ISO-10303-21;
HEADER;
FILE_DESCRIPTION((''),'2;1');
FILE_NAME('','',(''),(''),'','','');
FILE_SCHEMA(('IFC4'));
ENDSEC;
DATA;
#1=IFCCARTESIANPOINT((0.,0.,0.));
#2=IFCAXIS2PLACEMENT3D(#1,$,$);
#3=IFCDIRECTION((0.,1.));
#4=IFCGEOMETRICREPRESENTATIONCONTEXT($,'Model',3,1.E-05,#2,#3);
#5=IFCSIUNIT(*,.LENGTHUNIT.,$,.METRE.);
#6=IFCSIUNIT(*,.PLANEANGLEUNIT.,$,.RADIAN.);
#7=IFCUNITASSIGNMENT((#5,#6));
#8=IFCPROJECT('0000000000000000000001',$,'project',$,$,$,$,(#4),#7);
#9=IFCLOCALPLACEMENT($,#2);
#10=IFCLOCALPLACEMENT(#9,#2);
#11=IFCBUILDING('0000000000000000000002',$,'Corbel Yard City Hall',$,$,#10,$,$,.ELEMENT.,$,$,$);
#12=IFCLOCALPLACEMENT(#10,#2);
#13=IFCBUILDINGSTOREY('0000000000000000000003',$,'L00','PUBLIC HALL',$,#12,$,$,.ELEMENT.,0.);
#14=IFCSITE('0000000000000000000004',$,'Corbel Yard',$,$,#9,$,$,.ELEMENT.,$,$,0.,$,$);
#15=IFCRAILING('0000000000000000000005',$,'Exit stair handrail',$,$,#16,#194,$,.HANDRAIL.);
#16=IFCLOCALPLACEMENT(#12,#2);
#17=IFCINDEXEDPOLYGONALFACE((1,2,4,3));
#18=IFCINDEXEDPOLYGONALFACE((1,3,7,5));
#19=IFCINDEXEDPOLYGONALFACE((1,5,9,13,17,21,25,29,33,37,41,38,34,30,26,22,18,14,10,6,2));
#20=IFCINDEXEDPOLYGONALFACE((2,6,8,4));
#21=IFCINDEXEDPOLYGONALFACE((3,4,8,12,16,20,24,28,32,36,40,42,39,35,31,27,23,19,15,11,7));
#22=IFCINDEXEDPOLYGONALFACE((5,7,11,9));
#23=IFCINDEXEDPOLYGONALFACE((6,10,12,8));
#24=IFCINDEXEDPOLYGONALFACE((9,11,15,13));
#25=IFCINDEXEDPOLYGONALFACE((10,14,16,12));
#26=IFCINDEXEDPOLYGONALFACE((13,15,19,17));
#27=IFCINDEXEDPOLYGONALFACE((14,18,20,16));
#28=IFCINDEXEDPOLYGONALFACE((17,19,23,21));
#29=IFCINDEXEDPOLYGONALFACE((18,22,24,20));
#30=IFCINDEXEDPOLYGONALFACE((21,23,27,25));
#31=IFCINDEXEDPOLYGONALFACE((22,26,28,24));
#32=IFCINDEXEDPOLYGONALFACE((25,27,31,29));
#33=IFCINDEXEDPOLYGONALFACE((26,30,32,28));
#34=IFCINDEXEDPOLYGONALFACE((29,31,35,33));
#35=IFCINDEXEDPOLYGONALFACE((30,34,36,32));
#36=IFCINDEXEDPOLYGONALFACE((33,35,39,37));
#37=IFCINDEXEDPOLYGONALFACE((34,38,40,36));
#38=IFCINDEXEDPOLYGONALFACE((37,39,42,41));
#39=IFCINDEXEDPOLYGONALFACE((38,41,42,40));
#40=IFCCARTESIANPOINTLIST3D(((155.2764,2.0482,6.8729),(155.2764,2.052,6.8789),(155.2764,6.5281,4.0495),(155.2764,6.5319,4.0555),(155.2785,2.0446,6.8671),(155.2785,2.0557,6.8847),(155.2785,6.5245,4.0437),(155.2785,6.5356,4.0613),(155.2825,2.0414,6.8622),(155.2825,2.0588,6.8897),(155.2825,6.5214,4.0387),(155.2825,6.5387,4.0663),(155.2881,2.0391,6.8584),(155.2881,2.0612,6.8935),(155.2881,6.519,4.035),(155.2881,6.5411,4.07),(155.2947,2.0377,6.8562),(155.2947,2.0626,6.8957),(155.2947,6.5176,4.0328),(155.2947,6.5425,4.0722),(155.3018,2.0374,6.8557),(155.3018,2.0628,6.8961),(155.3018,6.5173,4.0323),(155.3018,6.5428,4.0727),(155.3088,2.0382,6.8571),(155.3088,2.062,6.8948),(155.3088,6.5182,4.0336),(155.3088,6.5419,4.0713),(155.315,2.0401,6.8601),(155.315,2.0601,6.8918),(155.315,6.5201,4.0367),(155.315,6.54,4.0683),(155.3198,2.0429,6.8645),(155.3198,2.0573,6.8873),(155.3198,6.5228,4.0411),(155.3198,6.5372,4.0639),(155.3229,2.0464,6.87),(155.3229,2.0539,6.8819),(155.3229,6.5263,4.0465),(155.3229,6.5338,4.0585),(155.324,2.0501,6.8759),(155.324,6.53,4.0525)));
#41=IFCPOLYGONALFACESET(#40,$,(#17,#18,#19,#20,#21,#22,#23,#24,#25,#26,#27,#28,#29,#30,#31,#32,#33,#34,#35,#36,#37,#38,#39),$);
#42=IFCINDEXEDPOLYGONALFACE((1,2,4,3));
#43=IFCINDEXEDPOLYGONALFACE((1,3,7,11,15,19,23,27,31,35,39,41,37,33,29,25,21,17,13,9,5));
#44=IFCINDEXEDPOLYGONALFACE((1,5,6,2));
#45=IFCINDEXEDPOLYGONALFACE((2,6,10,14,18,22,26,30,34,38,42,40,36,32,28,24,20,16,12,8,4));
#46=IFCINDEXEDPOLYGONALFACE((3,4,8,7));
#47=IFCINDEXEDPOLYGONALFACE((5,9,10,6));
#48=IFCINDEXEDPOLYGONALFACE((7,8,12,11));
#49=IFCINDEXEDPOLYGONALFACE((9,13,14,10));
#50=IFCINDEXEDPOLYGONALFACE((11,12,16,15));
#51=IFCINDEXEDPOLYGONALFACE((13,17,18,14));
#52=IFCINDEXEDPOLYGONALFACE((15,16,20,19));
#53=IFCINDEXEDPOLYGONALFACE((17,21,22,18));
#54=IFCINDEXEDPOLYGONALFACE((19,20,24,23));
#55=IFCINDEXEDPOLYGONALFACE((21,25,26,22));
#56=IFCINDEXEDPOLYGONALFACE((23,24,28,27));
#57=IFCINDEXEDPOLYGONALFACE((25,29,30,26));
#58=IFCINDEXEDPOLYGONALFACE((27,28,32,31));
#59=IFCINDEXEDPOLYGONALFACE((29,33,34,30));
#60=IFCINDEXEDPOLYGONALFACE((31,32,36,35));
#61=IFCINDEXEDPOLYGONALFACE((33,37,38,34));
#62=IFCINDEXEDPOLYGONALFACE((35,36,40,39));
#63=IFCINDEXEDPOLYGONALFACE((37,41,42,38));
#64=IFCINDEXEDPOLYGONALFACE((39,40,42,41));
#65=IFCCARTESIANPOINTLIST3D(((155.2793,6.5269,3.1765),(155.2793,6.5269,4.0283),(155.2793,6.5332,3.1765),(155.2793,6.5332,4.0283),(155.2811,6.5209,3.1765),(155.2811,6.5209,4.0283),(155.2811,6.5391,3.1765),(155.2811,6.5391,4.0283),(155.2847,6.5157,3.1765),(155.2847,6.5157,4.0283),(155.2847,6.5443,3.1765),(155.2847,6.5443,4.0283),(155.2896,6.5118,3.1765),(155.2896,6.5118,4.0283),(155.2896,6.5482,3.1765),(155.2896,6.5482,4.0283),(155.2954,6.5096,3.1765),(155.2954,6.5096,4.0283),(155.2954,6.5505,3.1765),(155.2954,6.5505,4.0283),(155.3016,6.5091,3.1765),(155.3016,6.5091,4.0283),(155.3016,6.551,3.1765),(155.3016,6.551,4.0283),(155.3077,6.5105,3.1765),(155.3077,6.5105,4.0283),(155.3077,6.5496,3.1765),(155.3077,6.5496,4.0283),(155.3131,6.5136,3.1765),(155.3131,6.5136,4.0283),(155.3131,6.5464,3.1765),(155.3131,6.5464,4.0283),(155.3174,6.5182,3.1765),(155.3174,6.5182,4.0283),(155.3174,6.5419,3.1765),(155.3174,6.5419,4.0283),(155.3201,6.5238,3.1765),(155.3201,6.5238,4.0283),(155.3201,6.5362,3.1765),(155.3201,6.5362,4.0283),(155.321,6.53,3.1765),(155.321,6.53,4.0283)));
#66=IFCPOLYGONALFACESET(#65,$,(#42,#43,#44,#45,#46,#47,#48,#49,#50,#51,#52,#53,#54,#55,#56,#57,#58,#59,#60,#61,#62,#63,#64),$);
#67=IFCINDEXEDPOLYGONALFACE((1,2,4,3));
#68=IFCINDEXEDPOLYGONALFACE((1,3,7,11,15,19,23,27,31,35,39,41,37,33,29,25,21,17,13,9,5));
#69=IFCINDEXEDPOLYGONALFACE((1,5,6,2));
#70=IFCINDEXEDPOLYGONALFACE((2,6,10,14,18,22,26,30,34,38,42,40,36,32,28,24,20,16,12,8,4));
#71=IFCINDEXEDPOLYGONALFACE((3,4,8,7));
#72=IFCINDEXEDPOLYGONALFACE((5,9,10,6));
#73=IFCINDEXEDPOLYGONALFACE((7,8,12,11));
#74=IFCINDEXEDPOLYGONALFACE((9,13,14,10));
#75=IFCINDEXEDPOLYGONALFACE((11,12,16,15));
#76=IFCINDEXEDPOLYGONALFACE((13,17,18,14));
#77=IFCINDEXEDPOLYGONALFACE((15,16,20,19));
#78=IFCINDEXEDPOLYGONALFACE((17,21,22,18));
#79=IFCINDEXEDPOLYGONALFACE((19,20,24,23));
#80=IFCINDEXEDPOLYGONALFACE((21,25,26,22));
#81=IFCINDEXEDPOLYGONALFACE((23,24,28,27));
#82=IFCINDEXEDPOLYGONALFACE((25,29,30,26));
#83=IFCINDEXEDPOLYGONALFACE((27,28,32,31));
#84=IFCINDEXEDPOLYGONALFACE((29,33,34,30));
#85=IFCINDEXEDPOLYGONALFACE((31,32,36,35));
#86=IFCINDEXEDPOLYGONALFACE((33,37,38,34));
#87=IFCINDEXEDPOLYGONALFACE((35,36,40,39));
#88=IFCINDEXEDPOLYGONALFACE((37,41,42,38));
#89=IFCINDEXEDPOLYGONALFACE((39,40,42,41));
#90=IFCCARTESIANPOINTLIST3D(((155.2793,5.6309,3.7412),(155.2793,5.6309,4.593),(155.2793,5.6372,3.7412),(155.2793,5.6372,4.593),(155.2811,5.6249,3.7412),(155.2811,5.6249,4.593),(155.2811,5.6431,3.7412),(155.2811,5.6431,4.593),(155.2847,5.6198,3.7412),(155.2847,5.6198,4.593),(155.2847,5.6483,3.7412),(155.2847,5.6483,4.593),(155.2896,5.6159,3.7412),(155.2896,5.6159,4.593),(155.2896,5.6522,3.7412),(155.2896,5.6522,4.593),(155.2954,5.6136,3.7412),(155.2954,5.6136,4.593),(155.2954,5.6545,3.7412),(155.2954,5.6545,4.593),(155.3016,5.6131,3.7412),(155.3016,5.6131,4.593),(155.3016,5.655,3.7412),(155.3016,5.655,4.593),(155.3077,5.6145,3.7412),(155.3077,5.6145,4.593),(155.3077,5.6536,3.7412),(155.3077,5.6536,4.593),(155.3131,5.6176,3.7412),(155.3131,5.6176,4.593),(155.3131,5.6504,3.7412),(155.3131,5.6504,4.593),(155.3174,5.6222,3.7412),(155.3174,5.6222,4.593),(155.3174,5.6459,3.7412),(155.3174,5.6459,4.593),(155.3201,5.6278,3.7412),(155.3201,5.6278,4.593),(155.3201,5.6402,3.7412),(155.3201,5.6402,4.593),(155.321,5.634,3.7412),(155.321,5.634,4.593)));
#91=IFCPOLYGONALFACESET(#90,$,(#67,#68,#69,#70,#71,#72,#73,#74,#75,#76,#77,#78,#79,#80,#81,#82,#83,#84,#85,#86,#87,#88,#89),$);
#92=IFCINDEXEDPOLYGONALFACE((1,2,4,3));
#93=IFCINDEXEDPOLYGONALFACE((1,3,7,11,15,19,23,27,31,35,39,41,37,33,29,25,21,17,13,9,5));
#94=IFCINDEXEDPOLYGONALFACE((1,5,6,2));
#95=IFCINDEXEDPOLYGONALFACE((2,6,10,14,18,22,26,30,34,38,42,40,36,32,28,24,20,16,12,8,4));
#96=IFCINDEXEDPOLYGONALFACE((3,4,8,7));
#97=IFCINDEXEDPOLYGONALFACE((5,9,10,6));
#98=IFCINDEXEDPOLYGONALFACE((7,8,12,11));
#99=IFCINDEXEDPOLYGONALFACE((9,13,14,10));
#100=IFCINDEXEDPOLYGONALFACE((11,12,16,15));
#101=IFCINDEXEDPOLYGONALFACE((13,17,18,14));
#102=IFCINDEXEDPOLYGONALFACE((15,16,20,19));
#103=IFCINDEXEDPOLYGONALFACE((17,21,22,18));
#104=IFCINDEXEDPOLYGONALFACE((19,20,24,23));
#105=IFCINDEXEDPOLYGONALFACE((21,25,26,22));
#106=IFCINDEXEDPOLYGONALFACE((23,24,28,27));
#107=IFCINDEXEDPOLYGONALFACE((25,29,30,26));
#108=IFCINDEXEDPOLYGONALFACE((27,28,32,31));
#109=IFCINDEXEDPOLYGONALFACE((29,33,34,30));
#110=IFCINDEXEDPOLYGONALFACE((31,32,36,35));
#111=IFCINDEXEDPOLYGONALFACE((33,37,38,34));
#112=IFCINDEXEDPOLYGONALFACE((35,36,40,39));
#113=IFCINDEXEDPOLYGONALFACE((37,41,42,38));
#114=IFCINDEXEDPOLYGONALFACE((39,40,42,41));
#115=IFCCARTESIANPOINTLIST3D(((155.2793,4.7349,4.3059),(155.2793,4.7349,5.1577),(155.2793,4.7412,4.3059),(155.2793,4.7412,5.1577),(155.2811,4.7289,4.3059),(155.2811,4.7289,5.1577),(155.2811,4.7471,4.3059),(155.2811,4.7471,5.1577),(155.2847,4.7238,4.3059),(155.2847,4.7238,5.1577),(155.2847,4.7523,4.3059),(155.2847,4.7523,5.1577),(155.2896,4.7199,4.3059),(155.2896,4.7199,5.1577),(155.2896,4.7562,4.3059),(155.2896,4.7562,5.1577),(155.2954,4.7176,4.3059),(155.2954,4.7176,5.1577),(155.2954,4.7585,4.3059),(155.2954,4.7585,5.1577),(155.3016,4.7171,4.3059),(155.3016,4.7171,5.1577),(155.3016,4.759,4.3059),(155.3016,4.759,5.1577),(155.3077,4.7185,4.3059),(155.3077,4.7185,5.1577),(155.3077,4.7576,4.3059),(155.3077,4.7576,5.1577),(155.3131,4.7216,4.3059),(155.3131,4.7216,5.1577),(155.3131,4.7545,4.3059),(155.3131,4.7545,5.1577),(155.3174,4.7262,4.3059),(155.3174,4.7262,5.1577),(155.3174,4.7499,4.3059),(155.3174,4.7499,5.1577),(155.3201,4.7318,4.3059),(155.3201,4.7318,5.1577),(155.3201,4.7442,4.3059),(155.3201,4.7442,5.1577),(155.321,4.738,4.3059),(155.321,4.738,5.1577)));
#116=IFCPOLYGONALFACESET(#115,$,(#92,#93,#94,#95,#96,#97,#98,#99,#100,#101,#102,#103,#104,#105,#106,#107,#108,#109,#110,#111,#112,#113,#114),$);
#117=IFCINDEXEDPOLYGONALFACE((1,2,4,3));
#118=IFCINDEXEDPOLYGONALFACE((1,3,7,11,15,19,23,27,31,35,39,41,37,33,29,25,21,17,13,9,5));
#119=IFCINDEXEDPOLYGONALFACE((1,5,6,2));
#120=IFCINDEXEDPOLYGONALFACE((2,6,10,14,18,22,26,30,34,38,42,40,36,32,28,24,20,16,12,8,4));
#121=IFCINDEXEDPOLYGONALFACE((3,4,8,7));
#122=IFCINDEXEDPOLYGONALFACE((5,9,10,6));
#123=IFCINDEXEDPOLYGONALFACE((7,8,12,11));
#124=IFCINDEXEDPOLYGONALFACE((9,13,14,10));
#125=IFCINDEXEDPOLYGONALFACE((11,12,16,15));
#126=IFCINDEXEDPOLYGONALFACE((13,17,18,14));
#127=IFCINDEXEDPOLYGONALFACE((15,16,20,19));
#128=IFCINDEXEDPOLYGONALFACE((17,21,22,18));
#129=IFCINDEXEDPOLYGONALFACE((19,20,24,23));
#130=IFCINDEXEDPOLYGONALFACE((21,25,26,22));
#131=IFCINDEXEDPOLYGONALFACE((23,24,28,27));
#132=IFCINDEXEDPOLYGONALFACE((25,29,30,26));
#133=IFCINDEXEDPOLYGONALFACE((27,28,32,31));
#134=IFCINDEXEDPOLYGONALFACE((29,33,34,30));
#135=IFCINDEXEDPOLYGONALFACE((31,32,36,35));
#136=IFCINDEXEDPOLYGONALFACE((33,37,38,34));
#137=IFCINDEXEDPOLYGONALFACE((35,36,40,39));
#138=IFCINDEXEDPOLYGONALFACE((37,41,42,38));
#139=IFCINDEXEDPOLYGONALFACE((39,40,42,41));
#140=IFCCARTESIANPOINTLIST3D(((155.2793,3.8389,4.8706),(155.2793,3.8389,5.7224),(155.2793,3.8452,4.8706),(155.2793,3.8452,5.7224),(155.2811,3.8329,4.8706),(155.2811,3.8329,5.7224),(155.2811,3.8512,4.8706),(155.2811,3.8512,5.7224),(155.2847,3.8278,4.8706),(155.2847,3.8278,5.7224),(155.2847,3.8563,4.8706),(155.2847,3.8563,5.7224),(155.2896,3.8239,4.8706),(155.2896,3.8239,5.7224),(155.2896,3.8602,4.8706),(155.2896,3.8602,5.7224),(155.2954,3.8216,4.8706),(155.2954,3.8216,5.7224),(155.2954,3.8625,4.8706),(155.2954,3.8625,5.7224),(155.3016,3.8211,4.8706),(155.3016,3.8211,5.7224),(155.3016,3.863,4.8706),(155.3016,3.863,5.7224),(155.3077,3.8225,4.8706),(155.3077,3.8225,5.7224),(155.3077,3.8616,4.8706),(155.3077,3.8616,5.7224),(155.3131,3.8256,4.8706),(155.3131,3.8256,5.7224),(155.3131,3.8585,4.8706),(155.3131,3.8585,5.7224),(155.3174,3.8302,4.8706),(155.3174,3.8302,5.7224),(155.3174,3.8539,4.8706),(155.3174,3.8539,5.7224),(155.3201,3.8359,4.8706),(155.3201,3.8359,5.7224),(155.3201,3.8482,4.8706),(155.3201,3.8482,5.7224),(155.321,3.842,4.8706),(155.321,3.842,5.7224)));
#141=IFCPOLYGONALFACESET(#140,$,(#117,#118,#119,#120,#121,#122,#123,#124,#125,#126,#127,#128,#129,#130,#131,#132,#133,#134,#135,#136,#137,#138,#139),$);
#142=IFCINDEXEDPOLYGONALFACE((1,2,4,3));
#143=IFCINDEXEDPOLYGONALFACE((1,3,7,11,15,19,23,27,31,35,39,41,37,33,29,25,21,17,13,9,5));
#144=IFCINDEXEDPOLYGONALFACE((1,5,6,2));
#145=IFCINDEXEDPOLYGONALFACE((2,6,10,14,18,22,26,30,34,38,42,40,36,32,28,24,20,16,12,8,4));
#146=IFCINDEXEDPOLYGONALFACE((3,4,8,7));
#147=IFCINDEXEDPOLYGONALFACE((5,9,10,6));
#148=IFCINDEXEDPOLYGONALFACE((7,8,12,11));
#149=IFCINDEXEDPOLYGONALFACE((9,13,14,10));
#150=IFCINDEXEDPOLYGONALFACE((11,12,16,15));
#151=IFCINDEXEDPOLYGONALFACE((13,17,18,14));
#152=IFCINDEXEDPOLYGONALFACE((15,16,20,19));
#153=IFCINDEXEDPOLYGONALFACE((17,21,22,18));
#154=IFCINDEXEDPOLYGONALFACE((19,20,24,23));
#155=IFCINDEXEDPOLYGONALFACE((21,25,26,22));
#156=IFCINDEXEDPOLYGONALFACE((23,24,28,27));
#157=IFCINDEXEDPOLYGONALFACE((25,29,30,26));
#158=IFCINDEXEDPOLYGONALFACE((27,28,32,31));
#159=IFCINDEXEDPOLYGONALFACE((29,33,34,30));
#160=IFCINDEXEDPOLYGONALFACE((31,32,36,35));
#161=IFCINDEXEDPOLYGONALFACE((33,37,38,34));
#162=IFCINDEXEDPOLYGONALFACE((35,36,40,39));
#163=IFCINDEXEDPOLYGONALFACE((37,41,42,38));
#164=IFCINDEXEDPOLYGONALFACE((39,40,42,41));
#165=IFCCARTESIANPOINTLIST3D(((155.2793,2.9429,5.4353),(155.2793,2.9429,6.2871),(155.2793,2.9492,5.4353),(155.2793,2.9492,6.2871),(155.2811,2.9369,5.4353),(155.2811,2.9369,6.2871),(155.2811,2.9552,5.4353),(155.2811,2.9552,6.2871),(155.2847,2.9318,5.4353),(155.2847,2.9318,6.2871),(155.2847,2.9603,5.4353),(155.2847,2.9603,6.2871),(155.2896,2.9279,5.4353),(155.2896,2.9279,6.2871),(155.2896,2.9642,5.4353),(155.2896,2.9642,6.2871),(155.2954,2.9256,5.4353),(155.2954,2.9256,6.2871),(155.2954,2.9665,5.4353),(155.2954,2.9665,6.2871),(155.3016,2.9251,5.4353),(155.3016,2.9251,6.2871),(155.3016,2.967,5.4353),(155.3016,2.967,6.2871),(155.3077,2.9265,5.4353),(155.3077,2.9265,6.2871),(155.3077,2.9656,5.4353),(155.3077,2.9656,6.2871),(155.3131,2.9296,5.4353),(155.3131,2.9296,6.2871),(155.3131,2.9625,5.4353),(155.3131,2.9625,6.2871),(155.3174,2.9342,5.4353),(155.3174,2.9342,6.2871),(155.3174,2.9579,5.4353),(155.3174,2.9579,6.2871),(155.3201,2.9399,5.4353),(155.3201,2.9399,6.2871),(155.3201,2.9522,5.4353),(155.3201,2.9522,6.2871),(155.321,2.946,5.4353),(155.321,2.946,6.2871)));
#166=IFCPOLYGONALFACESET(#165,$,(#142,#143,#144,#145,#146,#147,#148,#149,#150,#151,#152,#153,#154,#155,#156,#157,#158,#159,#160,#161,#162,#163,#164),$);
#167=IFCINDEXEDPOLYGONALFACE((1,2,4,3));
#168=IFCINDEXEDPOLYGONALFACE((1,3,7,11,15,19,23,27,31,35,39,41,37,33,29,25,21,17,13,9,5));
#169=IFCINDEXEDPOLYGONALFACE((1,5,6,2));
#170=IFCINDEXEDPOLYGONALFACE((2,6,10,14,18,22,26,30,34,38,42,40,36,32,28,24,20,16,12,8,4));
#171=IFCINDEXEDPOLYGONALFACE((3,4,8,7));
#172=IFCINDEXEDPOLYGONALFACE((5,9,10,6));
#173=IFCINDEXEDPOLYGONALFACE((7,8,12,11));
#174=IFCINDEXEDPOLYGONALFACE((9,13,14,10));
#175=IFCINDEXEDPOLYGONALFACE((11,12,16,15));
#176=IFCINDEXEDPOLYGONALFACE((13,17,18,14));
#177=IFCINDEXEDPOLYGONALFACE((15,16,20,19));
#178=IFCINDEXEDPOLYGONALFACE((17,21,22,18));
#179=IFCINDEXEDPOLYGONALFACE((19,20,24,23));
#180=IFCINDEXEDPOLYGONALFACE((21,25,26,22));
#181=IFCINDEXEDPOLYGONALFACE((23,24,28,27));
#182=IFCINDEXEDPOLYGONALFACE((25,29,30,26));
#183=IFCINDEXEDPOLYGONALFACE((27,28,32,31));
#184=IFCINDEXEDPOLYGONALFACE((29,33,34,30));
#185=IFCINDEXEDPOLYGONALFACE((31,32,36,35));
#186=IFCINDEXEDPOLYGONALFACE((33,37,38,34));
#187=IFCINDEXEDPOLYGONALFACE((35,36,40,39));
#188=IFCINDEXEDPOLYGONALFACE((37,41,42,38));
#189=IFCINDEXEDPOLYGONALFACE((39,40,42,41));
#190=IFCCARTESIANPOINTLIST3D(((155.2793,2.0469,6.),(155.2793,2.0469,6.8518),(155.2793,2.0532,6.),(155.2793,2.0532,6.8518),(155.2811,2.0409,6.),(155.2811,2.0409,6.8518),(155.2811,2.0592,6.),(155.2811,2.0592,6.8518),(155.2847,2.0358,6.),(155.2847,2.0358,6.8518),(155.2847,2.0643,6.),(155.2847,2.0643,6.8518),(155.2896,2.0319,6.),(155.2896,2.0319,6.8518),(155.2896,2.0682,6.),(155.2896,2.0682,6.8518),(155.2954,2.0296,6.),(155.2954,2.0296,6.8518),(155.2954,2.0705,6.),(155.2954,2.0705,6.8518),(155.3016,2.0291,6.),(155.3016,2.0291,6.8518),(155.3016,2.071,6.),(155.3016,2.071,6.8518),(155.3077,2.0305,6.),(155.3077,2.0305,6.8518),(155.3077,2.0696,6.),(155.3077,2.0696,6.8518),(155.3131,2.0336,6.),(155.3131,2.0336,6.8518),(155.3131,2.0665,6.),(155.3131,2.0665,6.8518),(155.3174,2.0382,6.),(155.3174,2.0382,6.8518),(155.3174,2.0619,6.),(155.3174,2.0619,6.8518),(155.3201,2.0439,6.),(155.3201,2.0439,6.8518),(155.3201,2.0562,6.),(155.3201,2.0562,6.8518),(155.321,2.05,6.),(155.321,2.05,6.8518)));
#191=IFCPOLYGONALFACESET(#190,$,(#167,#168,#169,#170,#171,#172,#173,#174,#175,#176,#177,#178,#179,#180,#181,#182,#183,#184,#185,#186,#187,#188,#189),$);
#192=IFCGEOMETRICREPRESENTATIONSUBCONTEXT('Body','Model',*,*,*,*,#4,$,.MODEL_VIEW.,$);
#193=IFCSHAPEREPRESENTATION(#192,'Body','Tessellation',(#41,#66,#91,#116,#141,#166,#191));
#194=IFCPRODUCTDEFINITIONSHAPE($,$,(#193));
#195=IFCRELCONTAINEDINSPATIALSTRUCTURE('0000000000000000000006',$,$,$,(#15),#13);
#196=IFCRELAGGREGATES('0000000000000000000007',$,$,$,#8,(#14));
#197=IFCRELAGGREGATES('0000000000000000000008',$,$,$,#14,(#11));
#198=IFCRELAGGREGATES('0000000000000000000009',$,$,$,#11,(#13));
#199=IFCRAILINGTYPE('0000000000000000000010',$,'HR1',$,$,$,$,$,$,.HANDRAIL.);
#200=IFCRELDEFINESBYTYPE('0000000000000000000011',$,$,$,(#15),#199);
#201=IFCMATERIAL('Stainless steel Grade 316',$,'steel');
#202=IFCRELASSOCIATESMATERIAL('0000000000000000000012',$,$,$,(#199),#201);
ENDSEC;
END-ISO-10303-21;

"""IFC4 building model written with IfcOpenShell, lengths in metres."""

from ifc_helpers import new_model, si_unit, direction, frame, origin, origin_2d, place, context, subcontext, project, spatial, circle, extrude, material, type_object, element, save


model = new_model("IFC4")

# Units and contexts
model_context = context("Model", 3, precision=1e-05, world=origin(), true_north=direction((0.0, 1.0)))
body_context = subcontext(model_context, "Body", "Model", "MODEL_VIEW")
ifc_project = project(units=[si_unit("LENGTHUNIT", "METRE"), si_unit("PLANEANGLEUNIT", "RADIAN")], contexts=[model_context])

# Site, building, storey
site_placement = place(None, origin())
site = spatial("IfcSite", under=ifc_project, at=site_placement, Name="Corbel Yard", CompositionType="ELEMENT", RefElevation=0.0)
building_placement = place(site_placement, origin())
building = spatial("IfcBuilding", under=site, at=building_placement, Name="Corbel Yard City Hall", CompositionType="ELEMENT")
storey_placement = place(building_placement, origin())
storey = spatial("IfcBuildingStorey", under=building, at=storey_placement, Name="L00", Description="PUBLIC HALL", CompositionType="ELEMENT", Elevation=0.0)

# Shared definitions
ifc_material_1 = material(Name="Stainless steel Grade 316", Category="steel")

# Railing
railing_type = type_object("IfcRailingType", Name="HR1", PredefinedType="HANDRAIL", material=ifc_material_1)
railing_placement = place(storey_placement, frame((155.3, 6.53, 3.1765)))
element("IfcRailing", 1, at=railing_placement, inside=storey, type_object=railing_type, Name="Exit stair handrail", PredefinedType="HANDRAIL", context=body_context, shape_type="SweptSolid", body=[
    extrude(circle(Radius=0.0239, at=origin_2d()), frame((0.0, 0.0, 0.876), z_axis=(0.0, -0.845998, 0.533186), x_axis=(1.0, 0.0, 0.0)), (0.0, 0.0, 1.0), 5.2954),
    extrude(circle(Radius=0.021, at=origin_2d()), origin(), (0.0, 0.0, 1.0), 0.8518),
    extrude(circle(Radius=0.021, at=origin_2d()), frame((0.0, -0.896, 0.5647)), (0.0, 0.0, 1.0), 0.8518),
    extrude(circle(Radius=0.021, at=origin_2d()), frame((0.0, -1.792, 1.1294)), (0.0, 0.0, 1.0), 0.8518),
    extrude(circle(Radius=0.021, at=origin_2d()), frame((0.0, -2.688, 1.6941)), (0.0, 0.0, 1.0), 0.8518),
    extrude(circle(Radius=0.021, at=origin_2d()), frame((0.0, -3.584, 2.2588)), (0.0, 0.0, 1.0), 0.8518),
    extrude(circle(Radius=0.021, at=origin_2d()), frame((0.0, -4.48, 2.8235)), (0.0, 0.0, 1.0), 0.8518),
])

save(model, "model.ifc")
